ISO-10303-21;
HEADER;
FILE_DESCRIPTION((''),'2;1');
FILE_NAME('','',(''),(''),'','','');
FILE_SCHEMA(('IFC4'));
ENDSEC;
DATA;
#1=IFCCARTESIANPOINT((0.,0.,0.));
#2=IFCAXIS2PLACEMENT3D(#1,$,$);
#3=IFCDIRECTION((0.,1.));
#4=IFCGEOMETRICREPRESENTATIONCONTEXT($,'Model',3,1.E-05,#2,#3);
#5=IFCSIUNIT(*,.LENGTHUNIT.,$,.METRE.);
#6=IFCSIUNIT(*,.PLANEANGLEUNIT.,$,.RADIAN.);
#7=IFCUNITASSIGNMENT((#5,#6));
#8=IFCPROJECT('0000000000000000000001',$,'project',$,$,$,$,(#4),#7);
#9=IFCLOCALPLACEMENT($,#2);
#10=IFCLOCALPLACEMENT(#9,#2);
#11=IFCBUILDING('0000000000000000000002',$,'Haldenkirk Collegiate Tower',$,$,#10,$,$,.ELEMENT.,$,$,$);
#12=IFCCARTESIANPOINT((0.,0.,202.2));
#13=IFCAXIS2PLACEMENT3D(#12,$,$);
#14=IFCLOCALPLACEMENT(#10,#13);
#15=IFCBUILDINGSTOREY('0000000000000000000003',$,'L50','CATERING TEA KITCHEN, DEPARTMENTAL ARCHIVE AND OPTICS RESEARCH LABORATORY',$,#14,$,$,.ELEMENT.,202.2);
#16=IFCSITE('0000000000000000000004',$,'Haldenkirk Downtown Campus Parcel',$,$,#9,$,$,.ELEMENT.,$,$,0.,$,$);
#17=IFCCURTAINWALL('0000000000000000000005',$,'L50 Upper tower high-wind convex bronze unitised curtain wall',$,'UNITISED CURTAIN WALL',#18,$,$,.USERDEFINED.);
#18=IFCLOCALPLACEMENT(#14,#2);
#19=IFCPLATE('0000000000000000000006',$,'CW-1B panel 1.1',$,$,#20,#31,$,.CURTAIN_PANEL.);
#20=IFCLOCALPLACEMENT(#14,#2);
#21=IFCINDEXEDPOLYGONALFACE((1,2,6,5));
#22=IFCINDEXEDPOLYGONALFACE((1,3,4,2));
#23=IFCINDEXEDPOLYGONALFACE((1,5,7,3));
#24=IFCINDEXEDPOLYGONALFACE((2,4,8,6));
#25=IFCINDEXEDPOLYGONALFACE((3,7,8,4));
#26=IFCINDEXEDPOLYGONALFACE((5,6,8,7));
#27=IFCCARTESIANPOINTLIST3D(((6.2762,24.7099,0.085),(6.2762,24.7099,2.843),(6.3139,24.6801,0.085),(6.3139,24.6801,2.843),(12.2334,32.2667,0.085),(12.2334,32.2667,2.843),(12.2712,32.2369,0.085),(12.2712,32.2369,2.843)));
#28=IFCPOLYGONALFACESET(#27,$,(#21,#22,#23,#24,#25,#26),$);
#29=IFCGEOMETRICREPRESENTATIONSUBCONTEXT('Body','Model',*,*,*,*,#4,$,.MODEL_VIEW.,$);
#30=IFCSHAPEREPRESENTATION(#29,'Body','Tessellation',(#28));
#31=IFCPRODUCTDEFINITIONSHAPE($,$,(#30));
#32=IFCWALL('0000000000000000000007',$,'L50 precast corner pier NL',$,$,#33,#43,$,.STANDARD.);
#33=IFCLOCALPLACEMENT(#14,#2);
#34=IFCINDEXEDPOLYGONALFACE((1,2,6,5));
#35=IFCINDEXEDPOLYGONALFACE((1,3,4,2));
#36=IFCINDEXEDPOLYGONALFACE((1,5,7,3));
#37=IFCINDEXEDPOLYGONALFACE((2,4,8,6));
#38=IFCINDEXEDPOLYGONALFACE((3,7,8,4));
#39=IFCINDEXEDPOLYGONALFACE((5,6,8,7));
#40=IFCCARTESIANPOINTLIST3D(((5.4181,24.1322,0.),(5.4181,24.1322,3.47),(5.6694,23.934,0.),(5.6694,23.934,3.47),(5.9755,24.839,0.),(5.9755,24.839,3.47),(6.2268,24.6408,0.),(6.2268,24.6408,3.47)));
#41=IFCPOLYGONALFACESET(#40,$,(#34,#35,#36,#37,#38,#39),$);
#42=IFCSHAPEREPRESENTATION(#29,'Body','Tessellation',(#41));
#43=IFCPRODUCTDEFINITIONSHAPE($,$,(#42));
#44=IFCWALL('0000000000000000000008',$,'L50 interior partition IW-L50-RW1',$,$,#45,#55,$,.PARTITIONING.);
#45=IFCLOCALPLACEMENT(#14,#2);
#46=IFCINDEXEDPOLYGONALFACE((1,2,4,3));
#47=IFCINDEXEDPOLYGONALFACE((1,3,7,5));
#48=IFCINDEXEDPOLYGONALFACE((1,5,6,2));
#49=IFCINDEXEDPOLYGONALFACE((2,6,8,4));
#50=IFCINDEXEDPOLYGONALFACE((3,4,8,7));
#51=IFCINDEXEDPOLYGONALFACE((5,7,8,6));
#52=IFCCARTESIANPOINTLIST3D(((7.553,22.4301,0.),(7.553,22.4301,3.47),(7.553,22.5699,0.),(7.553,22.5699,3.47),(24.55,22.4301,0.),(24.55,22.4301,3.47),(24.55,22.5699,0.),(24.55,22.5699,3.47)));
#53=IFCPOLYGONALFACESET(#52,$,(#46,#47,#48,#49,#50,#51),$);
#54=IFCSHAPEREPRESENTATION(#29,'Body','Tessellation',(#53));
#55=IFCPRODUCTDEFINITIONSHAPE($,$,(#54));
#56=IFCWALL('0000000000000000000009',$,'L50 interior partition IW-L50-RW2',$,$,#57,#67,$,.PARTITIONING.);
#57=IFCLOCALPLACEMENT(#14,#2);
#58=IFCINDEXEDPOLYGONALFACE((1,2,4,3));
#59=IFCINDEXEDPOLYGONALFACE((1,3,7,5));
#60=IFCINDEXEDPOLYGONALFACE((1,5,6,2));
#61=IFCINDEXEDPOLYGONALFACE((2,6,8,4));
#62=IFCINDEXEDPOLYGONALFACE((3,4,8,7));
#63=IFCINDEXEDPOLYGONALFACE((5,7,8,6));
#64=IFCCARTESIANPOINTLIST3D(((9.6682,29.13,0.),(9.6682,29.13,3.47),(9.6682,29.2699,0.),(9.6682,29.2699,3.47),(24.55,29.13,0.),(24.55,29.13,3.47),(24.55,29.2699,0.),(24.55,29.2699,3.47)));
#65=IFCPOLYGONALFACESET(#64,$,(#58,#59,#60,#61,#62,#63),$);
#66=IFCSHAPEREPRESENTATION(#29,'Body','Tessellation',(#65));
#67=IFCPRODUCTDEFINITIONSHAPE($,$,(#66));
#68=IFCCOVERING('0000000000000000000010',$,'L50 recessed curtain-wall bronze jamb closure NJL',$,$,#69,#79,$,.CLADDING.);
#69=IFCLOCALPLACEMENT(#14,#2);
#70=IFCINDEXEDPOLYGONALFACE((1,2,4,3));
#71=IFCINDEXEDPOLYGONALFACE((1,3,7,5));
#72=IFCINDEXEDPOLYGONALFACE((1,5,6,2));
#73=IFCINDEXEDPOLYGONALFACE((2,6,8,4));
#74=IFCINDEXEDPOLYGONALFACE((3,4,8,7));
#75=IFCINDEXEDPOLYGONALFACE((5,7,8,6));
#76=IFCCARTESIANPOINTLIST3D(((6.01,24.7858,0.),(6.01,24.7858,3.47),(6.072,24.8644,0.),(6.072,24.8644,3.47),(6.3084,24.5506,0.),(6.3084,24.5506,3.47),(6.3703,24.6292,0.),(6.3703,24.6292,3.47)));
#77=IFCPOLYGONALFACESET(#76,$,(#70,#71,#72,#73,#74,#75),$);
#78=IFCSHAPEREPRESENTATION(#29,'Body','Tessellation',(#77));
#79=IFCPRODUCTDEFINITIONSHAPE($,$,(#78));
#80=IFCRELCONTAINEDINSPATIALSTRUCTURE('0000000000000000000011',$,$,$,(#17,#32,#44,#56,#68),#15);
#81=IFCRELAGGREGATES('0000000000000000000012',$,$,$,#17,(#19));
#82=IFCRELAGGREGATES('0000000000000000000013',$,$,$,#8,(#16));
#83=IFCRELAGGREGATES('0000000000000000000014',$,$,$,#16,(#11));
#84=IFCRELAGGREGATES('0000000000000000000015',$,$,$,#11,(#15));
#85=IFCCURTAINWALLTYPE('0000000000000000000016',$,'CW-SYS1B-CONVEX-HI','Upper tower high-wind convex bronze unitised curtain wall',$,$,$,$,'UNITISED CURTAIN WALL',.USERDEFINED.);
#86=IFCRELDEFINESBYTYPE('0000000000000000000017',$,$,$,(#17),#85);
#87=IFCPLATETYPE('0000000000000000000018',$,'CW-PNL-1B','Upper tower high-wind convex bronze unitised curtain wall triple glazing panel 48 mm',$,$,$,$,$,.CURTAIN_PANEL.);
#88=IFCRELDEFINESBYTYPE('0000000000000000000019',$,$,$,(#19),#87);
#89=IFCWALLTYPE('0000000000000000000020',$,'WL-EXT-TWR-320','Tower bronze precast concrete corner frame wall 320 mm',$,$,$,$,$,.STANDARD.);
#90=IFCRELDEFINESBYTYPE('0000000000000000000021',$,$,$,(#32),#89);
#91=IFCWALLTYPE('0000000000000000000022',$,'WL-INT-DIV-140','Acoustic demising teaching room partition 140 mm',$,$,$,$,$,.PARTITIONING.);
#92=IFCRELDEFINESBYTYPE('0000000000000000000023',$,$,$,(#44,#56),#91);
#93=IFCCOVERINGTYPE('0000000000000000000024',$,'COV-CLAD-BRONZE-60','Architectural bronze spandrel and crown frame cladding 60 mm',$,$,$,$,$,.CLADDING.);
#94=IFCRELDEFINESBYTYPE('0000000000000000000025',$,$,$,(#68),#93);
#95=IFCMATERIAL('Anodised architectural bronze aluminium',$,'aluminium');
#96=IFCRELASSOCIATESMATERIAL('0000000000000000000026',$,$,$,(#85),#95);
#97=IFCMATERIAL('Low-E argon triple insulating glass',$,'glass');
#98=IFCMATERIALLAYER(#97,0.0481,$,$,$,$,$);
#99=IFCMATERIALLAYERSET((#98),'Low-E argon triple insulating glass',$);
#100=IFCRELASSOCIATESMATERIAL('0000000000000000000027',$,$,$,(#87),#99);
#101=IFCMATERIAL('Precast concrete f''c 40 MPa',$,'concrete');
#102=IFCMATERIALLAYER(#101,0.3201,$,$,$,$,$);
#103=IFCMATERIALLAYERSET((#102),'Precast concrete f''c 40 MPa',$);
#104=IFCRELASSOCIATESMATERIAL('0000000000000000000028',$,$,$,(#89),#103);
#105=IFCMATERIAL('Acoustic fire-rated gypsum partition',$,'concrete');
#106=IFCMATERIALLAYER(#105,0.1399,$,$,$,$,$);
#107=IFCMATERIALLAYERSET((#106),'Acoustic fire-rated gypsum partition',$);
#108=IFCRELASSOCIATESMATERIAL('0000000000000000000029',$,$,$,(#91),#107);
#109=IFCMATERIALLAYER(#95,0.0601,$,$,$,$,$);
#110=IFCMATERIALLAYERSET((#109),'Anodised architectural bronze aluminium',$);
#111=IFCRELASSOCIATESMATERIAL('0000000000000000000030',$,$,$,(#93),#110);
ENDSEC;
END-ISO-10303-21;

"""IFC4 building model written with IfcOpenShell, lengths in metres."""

from ifc_helpers import new_model, si_unit, direction, frame, frame_2d, origin, origin_2d, place, context, subcontext, project, spatial, rectangle, extrude, source, transform, mapped, material, layer, layer_set, type_object, element, aggregate, save


model = new_model("IFC4")

# Units and contexts
model_context = context("Model", 3, precision=1e-05, world=origin(), true_north=direction((0.0, 1.0)))
body_context = subcontext(model_context, "Body", "Model", "MODEL_VIEW")
ifc_project = project(units=[si_unit("LENGTHUNIT", "METRE"), si_unit("PLANEANGLEUNIT", "RADIAN")], contexts=[model_context])

# Site, building, storey
site_placement = place(None, origin())
site = spatial("IfcSite", under=ifc_project, at=site_placement, Name="Haldenkirk Downtown Campus Parcel", CompositionType="ELEMENT", RefElevation=0.0)
building_placement = place(site_placement, origin())
building = spatial("IfcBuilding", under=site, at=building_placement, Name="Haldenkirk Collegiate Tower", CompositionType="ELEMENT")
storey_placement = place(building_placement, frame((0.0, 0.0, 202.2)))
storey = spatial("IfcBuildingStorey", under=building, at=storey_placement, Name="L50", Description="CATERING TEA KITCHEN, DEPARTMENTAL ARCHIVE AND OPTICS RESEARCH LABORATORY", CompositionType="ELEMENT", Elevation=202.2)

# Curtain wall, plate
ifc_material_1 = material(Name="Anodised architectural bronze aluminium", Category="aluminium")
curtain_wall_type = type_object("IfcCurtainWallType", Name="CW-SYS1B-CONVEX-HI", Description="Upper tower high-wind convex bronze unitised curtain wall", ElementType="UNITISED CURTAIN WALL", PredefinedType="USERDEFINED", material=ifc_material_1)
curtain_wall_placement = place(storey_placement, origin())
curtain_wall = element("IfcCurtainWall", 1, at=curtain_wall_placement, inside=storey, type_object=curtain_wall_type, Name="L50 Upper tower high-wind convex bronze unitised curtain wall", ObjectType="UNITISED CURTAIN WALL", PredefinedType="USERDEFINED")
ifc_material_2 = material(Name="Low-E argon triple insulating glass", Category="glass")
ifc_layer_1 = layer(ifc_material_2, 0.0481)
ifc_layer_set_1 = layer_set([ifc_layer_1], Name="Low-E argon triple insulating glass")
plate_type = type_object("IfcPlateType", Name="CW-PNL-1B", Description="Upper tower high-wind convex bronze unitised curtain wall triple glazing panel 48 mm", PredefinedType="CURTAIN_PANEL", material=ifc_layer_set_1)
shared_shape_1 = source(origin(), body_context, "Body", "SweptSolid", [
    extrude(rectangle(XDim=9.6226, YDim=0.0481, at=origin_2d()), origin(), (0.0, 0.0, 1.0), 2.7581),
])
plate_placement = place(storey_placement, frame((9.2737, 28.4734, 0.085), z_axis=(0.0, 0.0, 1.0), x_axis=(0.619094, 0.785317, 0.0)))
plate = element("IfcPlate", 2, at=plate_placement, type_object=plate_type, Name="CW-1B panel 1.1", PredefinedType="CURTAIN_PANEL", context=body_context, shape_type="MappedRepresentation", body=[
    mapped(shared_shape_1, transform((0.0, 0.0, 0.0), x_axis=(1.0, 0.0, 0.0), y_axis=(0.0, 1.0, 0.0), z_axis=(0.0, 0.0, 1.0), scale=1.0)),
])
aggregate(curtain_wall, [plate])

# Wall
ifc_material_3 = material(Name="Precast concrete f'c 40 MPa", Category="concrete")
ifc_layer_2 = layer(ifc_material_3, 0.3201)
ifc_layer_set_2 = layer_set([ifc_layer_2], Name="Precast concrete f'c 40 MPa")
wall_type_1 = type_object("IfcWallType", Name="WL-EXT-TWR-320", Description="Tower bronze precast concrete corner frame wall 320 mm", PredefinedType="STANDARD", material=ifc_layer_set_2)
wall_1_placement = place(storey_placement, frame((5.5437, 24.033, 0.0), z_axis=(0.0, 0.0, 1.0), x_axis=(0.619222, 0.785216, 0.0)))
element("IfcWall", 3, at=wall_1_placement, inside=storey, type_object=wall_type_1, Name="L50 precast corner pier NL", PredefinedType="STANDARD", context=body_context, shape_type="SweptSolid", body=[
    extrude(rectangle(XDim=0.9001, YDim=0.3201, at=frame_2d((0.4502, 0.0))), origin(), (0.0, 0.0, 1.0), 3.47),
])

# Shared definitions
ifc_material_4 = material(Name="Acoustic fire-rated gypsum partition", Category="concrete")

# Walls
ifc_layer_3 = layer(ifc_material_4, 0.1399)
ifc_layer_set_3 = layer_set([ifc_layer_3], Name="Acoustic fire-rated gypsum partition")
wall_type_2 = type_object("IfcWallType", Name="WL-INT-DIV-140", Description="Acoustic demising teaching room partition 140 mm", PredefinedType="PARTITIONING", material=ifc_layer_set_3)
wall_2_placement = place(storey_placement, frame((7.553, 22.5, 0.0), z_axis=(0.0, 0.0, 1.0), x_axis=(1.0, 0.0, 0.0)))
element("IfcWall", 4, at=wall_2_placement, inside=storey, type_object=wall_type_2, Name="L50 interior partition IW-L50-RW1", PredefinedType="PARTITIONING", context=body_context, shape_type="SweptSolid", body=[
    extrude(rectangle(XDim=16.9971, YDim=0.1399, at=frame_2d((8.4985, 0.0))), origin(), (0.0, 0.0, 1.0), 3.47),
])
wall_3_placement = place(storey_placement, frame((9.6682, 29.2, 0.0), z_axis=(0.0, 0.0, 1.0), x_axis=(1.0, 0.0, 0.0)))
element("IfcWall", 5, at=wall_3_placement, inside=storey, type_object=wall_type_2, Name="L50 interior partition IW-L50-RW2", PredefinedType="PARTITIONING", context=body_context, shape_type="SweptSolid", body=[
    extrude(rectangle(XDim=14.8818, YDim=0.1399, at=frame_2d((7.4409, 0.0))), origin(), (0.0, 0.0, 1.0), 3.47),
])

# Covering
ifc_layer_4 = layer(ifc_material_1, 0.0601)
ifc_layer_set_4 = layer_set([ifc_layer_4], Name="Anodised architectural bronze aluminium")
covering_type = type_object("IfcCoveringType", Name="COV-CLAD-BRONZE-60", Description="Architectural bronze spandrel and crown frame cladding 60 mm", PredefinedType="CLADDING", material=ifc_layer_set_4)
shared_shape_2 = source(origin(), body_context, "Body", "SweptSolid", [
    extrude(rectangle(XDim=0.1001, YDim=0.3799, at=origin_2d()), origin(), (0.0, 0.0, 1.0), 3.47),
])
covering_placement = place(storey_placement, frame((6.1902, 24.7075, 0.0), z_axis=(0.0, 0.0, 1.0), x_axis=(0.619094, 0.785317, 0.0)))
element("IfcCovering", 6, at=covering_placement, inside=storey, type_object=covering_type, Name="L50 recessed curtain-wall bronze jamb closure NJL", PredefinedType="CLADDING", context=body_context, shape_type="MappedRepresentation", body=[
    mapped(shared_shape_2, transform((0.0, 0.0, 0.0), x_axis=(1.0, 0.0, 0.0), y_axis=(0.0, 1.0, 0.0), z_axis=(0.0, 0.0, 1.0), scale=1.0)),
])

save(model, "model.ifc")
